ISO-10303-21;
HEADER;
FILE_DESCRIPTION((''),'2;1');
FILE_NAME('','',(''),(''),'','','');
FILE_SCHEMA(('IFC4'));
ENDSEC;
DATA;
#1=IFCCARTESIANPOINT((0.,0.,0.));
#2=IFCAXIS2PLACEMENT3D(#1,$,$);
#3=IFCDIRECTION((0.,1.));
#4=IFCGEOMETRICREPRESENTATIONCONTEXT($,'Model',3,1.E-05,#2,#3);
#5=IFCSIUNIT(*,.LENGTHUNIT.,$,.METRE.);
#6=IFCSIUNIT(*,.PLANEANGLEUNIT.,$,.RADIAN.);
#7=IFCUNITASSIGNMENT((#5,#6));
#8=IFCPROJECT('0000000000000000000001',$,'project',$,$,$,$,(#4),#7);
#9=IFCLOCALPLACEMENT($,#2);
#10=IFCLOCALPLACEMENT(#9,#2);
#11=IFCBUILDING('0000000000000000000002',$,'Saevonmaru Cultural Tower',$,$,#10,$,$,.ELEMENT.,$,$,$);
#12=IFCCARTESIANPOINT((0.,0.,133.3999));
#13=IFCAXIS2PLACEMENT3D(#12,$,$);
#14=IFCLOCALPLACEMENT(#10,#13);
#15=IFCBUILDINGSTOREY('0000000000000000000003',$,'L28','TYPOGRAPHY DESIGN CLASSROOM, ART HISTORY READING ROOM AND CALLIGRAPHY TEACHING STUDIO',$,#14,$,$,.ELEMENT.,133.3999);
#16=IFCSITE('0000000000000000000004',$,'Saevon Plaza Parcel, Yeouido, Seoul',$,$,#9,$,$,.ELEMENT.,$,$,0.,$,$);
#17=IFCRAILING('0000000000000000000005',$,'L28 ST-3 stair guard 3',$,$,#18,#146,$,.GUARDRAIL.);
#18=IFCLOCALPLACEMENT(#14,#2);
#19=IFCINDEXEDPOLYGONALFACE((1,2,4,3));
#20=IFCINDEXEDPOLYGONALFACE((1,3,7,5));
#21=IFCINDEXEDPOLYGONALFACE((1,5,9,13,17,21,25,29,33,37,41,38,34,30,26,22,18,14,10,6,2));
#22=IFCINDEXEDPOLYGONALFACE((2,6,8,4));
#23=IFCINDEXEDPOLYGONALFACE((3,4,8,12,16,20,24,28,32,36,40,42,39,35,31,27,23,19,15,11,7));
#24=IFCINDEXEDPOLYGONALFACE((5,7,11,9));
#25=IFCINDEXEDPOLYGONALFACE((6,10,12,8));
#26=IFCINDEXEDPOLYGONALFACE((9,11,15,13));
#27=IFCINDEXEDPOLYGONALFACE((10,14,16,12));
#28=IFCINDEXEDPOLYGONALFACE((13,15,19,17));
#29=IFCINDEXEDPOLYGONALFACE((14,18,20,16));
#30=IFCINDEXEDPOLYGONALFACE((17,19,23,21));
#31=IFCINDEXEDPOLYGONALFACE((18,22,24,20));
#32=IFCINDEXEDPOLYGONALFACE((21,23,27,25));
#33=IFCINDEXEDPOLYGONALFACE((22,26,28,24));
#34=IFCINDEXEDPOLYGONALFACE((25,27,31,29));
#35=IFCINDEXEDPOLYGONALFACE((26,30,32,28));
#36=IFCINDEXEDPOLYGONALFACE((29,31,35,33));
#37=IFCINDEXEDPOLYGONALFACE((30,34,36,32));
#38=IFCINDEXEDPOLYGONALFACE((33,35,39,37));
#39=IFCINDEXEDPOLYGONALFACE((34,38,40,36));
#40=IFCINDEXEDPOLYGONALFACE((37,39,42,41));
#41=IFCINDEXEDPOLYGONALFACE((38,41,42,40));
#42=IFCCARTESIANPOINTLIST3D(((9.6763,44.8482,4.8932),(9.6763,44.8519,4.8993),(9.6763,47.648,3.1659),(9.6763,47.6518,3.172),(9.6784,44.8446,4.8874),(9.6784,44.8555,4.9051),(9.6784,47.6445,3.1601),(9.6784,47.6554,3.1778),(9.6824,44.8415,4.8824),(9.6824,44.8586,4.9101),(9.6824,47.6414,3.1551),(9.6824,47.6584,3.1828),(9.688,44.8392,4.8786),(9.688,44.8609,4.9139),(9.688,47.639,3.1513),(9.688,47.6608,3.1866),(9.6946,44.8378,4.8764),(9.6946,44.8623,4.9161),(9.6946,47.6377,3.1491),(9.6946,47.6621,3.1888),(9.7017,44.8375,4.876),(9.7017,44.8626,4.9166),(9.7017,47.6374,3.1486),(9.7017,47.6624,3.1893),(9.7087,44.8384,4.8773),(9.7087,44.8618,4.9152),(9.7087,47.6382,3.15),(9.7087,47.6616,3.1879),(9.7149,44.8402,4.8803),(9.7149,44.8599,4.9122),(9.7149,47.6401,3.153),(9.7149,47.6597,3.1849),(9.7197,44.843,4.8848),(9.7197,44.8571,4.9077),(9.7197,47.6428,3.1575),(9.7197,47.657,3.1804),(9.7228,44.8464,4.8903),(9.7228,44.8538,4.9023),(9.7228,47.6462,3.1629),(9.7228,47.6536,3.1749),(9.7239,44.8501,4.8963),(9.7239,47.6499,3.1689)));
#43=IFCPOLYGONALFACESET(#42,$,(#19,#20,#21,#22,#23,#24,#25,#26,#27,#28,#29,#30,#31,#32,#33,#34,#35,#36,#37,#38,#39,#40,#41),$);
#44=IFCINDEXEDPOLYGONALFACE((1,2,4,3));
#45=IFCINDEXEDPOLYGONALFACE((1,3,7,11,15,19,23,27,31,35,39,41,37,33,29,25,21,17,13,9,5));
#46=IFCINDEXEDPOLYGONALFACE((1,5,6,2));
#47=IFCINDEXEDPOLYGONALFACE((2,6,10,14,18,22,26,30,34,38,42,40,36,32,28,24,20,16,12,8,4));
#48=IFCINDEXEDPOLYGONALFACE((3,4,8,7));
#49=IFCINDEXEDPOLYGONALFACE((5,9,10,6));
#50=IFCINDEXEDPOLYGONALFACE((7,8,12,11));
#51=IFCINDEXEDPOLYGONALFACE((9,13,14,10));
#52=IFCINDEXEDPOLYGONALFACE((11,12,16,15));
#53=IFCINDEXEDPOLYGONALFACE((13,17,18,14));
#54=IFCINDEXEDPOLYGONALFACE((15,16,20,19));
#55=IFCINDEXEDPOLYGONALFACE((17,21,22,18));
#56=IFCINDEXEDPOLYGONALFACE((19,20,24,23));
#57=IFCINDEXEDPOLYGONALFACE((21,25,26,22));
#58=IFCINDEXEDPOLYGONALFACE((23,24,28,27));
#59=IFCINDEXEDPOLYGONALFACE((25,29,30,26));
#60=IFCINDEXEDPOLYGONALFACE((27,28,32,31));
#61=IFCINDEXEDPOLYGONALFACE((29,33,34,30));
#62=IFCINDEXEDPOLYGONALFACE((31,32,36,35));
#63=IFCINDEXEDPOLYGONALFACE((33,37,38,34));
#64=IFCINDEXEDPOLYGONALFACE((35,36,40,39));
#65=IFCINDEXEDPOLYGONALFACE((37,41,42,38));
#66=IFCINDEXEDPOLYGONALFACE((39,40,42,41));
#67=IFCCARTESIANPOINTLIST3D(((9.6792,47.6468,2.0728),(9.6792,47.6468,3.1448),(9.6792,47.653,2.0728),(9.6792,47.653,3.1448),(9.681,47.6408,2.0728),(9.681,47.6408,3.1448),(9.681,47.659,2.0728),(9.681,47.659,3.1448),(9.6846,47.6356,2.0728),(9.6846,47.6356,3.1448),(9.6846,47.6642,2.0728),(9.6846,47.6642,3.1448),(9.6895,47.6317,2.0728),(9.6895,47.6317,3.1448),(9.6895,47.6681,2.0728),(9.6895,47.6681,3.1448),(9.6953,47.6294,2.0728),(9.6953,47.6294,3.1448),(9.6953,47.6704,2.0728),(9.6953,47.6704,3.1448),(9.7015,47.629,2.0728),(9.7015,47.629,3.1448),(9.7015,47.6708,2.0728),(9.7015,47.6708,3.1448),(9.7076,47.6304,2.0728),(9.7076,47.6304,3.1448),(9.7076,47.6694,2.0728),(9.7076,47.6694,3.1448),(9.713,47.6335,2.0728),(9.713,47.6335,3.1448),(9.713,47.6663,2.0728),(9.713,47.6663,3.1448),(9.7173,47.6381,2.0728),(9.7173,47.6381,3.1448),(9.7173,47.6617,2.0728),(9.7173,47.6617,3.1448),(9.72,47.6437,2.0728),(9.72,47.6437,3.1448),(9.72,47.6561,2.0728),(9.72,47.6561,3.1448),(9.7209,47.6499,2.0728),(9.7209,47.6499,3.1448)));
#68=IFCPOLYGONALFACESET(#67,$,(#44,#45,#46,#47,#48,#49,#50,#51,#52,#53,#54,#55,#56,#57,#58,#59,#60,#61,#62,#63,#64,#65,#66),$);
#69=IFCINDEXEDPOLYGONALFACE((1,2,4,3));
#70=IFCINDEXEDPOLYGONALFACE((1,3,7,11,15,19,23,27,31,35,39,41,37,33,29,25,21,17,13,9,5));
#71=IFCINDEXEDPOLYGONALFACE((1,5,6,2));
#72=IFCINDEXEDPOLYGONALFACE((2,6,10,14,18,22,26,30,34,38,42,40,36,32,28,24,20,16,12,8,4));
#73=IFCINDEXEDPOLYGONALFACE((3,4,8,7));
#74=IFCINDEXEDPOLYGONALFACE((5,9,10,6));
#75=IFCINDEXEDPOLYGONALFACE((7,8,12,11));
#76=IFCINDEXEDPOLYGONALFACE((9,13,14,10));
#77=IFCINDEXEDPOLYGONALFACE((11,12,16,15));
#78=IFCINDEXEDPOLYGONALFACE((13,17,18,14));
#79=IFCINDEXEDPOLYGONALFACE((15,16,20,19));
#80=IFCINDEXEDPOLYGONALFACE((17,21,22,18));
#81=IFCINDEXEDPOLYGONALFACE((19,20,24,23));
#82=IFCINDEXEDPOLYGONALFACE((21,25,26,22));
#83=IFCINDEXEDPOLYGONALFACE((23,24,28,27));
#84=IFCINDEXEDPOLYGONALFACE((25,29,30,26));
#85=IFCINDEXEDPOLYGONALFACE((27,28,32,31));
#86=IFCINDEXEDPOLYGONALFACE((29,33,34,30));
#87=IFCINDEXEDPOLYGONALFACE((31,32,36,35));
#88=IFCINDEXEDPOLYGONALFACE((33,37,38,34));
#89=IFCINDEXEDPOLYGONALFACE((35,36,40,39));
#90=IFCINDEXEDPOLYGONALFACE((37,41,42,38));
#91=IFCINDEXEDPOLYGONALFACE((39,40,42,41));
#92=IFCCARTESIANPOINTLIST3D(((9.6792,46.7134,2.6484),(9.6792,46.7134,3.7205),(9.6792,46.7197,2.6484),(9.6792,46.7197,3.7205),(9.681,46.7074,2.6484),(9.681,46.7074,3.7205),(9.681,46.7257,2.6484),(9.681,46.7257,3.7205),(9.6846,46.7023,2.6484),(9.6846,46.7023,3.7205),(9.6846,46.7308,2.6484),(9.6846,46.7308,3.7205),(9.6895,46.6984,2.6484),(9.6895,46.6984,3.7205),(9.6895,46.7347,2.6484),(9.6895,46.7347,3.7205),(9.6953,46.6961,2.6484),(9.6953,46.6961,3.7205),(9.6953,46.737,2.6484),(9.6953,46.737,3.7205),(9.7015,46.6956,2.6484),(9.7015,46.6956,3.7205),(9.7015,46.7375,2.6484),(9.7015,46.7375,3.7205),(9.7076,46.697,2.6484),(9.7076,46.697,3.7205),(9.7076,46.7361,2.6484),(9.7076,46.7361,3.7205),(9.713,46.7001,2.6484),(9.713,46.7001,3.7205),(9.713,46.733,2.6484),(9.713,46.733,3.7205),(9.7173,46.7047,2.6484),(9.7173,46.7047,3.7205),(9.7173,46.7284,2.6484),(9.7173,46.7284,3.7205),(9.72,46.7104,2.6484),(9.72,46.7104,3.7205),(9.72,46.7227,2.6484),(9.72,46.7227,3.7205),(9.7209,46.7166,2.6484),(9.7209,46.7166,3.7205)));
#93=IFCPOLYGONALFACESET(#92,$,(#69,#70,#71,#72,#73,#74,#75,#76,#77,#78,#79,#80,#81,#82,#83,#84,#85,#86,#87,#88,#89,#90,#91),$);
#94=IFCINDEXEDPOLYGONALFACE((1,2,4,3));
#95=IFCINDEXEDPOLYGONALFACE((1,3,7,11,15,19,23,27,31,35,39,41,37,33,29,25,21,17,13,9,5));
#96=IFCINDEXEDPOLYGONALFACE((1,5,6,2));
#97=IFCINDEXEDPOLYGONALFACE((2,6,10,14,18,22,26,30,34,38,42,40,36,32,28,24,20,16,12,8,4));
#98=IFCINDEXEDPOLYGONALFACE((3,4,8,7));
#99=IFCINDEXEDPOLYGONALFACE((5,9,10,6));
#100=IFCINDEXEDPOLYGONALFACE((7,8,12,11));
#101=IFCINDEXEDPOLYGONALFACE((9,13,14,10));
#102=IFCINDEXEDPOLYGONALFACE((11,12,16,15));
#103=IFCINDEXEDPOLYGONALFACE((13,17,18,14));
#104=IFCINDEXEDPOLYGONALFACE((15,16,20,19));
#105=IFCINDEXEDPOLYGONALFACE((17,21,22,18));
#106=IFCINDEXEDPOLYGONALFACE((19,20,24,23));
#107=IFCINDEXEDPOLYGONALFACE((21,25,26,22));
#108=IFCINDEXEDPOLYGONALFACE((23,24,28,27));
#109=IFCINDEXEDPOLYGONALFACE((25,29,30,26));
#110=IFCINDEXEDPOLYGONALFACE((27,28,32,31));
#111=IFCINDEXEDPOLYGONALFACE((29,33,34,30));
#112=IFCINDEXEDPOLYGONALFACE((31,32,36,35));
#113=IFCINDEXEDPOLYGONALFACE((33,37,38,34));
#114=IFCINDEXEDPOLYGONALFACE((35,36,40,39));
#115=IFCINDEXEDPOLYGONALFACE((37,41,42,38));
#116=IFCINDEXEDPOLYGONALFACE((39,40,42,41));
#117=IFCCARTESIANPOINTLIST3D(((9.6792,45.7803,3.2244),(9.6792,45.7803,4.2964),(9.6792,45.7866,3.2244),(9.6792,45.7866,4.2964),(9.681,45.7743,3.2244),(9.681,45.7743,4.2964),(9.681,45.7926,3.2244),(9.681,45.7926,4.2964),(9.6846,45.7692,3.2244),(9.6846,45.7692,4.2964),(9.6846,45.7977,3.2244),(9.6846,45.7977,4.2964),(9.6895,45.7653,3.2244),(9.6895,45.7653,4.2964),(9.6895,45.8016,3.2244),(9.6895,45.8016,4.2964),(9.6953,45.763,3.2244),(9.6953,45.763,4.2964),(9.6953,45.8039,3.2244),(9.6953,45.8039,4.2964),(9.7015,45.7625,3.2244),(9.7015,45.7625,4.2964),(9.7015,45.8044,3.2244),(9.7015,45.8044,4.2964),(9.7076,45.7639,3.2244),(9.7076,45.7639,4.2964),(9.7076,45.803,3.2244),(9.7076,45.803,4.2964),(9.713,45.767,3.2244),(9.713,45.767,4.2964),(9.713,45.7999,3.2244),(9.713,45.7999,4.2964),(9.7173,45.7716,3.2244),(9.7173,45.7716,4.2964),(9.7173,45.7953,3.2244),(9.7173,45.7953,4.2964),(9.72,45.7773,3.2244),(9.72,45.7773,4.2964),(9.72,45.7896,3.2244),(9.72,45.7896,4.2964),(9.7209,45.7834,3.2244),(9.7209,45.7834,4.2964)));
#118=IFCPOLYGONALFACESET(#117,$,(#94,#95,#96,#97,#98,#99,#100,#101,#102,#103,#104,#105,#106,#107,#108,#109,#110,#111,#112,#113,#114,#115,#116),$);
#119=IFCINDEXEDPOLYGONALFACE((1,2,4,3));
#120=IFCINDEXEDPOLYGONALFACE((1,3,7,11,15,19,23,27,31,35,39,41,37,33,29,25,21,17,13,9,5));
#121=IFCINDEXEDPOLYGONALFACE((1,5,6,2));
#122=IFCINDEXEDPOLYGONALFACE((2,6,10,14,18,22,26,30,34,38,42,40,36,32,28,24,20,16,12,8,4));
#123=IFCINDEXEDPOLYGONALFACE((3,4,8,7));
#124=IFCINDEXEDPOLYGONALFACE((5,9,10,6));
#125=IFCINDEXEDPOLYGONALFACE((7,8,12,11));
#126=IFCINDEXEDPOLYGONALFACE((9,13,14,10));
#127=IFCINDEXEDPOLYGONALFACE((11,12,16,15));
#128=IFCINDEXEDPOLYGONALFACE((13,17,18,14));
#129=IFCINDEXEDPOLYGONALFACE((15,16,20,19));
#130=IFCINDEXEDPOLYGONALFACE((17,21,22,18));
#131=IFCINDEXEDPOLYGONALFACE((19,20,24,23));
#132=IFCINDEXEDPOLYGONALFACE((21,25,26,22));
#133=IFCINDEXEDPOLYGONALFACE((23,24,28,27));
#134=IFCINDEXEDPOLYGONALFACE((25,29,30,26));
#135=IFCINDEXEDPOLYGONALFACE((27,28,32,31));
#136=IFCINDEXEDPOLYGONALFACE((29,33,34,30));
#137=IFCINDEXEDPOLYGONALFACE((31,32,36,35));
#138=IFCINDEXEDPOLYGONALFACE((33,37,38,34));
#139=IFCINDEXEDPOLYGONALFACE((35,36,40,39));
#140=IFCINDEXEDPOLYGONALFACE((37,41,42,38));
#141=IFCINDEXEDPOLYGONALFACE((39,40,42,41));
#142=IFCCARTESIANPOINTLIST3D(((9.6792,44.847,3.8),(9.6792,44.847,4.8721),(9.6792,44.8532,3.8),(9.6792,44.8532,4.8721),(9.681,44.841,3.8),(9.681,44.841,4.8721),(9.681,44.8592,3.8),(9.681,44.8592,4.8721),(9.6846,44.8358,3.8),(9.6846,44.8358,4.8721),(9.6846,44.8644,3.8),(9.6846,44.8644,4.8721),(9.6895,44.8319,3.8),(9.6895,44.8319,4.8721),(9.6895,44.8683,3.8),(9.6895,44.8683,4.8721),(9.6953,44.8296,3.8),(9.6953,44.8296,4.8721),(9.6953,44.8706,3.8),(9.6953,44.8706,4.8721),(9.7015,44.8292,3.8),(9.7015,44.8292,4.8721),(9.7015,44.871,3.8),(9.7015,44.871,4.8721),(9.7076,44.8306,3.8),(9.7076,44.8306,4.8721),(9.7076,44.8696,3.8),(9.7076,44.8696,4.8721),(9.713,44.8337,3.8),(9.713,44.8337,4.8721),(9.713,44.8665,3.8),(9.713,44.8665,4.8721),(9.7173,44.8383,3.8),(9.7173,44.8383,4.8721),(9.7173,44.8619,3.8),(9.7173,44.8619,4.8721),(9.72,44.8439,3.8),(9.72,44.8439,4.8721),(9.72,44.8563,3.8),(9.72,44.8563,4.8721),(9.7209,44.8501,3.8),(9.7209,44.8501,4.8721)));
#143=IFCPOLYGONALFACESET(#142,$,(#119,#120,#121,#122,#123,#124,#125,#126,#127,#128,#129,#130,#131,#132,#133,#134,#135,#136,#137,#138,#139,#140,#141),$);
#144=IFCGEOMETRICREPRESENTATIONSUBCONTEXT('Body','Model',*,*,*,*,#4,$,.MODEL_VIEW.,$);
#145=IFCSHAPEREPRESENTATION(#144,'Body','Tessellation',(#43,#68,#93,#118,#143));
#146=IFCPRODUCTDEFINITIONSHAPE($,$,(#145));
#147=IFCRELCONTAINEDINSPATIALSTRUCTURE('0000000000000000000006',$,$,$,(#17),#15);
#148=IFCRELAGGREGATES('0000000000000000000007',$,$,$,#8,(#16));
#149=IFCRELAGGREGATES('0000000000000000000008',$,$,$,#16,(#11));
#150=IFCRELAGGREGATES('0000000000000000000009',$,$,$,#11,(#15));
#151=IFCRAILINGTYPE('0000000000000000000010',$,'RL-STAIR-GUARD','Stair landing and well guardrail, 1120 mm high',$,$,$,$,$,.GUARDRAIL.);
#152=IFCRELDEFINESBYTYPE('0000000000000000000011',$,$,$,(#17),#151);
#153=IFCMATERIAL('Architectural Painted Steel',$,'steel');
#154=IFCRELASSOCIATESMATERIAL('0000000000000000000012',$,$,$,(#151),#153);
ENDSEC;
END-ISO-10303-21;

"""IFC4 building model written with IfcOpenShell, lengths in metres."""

from ifc_helpers import new_model, si_unit, direction, frame, origin, origin_2d, place, context, subcontext, project, spatial, circle, extrude, material, type_object, element, save


model = new_model("IFC4")

# Units and contexts
model_context = context("Model", 3, precision=1e-05, world=origin(), true_north=direction((0.0, 1.0)))
body_context = subcontext(model_context, "Body", "Model", "MODEL_VIEW")
ifc_project = project(units=[si_unit("LENGTHUNIT", "METRE"), si_unit("PLANEANGLEUNIT", "RADIAN")], contexts=[model_context])

# Site, building, storey
site_placement = place(None, origin())
site = spatial("IfcSite", under=ifc_project, at=site_placement, Name="Saevon Plaza Parcel, Yeouido, Seoul", CompositionType="ELEMENT", RefElevation=0.0)
building_placement = place(site_placement, origin())
building = spatial("IfcBuilding", under=site, at=building_placement, Name="Saevonmaru Cultural Tower", CompositionType="ELEMENT")
storey_placement = place(building_placement, frame((0.0, 0.0, 133.3999)))
storey = spatial("IfcBuildingStorey", under=building, at=storey_placement, Name="L28", Description="TYPOGRAPHY DESIGN CLASSROOM, ART HISTORY READING ROOM AND CALLIGRAPHY TEACHING STUDIO", CompositionType="ELEMENT", Elevation=133.3999)

# Railing
ifc_material_1 = material(Name="Architectural Painted Steel", Category="steel")
railing_type_1 = type_object("IfcRailingType", Name="RL-STAIR-GUARD", Description="Stair landing and well guardrail, 1120 mm high", PredefinedType="GUARDRAIL", material=ifc_material_1)
railing_1_placement = place(storey_placement, frame((9.7, 47.6499, 2.0728)))
element("IfcRailing", 1, at=railing_1_placement, inside=storey, type_object=railing_type_1, Name="L28 ST-3 stair guard 3", PredefinedType="GUARDRAIL", context=body_context, shape_type="SweptSolid", body=[
    extrude(circle(Radius=0.0239, at=origin_2d()), frame((0.0, 0.0, 1.0962), z_axis=(0.0, -0.851069, 0.525054), x_axis=(1.0, 0.0, 0.0)), (0.0, 0.0, 1.0), 3.2898),
    extrude(circle(Radius=0.021, at=origin_2d()), origin(), (0.0, 0.0, 1.0), 1.072),
    extrude(circle(Radius=0.021, at=origin_2d()), frame((0.0, -0.9333, 0.5757)), (0.0, 0.0, 1.0), 1.072),
    extrude(circle(Radius=0.021, at=origin_2d()), frame((0.0, -1.8665, 1.1516)), (0.0, 0.0, 1.0), 1.072),
    extrude(circle(Radius=0.021, at=origin_2d()), frame((0.0, -2.7998, 1.7273)), (0.0, 0.0, 1.0), 1.072),
])

save(model, "model.ifc")
